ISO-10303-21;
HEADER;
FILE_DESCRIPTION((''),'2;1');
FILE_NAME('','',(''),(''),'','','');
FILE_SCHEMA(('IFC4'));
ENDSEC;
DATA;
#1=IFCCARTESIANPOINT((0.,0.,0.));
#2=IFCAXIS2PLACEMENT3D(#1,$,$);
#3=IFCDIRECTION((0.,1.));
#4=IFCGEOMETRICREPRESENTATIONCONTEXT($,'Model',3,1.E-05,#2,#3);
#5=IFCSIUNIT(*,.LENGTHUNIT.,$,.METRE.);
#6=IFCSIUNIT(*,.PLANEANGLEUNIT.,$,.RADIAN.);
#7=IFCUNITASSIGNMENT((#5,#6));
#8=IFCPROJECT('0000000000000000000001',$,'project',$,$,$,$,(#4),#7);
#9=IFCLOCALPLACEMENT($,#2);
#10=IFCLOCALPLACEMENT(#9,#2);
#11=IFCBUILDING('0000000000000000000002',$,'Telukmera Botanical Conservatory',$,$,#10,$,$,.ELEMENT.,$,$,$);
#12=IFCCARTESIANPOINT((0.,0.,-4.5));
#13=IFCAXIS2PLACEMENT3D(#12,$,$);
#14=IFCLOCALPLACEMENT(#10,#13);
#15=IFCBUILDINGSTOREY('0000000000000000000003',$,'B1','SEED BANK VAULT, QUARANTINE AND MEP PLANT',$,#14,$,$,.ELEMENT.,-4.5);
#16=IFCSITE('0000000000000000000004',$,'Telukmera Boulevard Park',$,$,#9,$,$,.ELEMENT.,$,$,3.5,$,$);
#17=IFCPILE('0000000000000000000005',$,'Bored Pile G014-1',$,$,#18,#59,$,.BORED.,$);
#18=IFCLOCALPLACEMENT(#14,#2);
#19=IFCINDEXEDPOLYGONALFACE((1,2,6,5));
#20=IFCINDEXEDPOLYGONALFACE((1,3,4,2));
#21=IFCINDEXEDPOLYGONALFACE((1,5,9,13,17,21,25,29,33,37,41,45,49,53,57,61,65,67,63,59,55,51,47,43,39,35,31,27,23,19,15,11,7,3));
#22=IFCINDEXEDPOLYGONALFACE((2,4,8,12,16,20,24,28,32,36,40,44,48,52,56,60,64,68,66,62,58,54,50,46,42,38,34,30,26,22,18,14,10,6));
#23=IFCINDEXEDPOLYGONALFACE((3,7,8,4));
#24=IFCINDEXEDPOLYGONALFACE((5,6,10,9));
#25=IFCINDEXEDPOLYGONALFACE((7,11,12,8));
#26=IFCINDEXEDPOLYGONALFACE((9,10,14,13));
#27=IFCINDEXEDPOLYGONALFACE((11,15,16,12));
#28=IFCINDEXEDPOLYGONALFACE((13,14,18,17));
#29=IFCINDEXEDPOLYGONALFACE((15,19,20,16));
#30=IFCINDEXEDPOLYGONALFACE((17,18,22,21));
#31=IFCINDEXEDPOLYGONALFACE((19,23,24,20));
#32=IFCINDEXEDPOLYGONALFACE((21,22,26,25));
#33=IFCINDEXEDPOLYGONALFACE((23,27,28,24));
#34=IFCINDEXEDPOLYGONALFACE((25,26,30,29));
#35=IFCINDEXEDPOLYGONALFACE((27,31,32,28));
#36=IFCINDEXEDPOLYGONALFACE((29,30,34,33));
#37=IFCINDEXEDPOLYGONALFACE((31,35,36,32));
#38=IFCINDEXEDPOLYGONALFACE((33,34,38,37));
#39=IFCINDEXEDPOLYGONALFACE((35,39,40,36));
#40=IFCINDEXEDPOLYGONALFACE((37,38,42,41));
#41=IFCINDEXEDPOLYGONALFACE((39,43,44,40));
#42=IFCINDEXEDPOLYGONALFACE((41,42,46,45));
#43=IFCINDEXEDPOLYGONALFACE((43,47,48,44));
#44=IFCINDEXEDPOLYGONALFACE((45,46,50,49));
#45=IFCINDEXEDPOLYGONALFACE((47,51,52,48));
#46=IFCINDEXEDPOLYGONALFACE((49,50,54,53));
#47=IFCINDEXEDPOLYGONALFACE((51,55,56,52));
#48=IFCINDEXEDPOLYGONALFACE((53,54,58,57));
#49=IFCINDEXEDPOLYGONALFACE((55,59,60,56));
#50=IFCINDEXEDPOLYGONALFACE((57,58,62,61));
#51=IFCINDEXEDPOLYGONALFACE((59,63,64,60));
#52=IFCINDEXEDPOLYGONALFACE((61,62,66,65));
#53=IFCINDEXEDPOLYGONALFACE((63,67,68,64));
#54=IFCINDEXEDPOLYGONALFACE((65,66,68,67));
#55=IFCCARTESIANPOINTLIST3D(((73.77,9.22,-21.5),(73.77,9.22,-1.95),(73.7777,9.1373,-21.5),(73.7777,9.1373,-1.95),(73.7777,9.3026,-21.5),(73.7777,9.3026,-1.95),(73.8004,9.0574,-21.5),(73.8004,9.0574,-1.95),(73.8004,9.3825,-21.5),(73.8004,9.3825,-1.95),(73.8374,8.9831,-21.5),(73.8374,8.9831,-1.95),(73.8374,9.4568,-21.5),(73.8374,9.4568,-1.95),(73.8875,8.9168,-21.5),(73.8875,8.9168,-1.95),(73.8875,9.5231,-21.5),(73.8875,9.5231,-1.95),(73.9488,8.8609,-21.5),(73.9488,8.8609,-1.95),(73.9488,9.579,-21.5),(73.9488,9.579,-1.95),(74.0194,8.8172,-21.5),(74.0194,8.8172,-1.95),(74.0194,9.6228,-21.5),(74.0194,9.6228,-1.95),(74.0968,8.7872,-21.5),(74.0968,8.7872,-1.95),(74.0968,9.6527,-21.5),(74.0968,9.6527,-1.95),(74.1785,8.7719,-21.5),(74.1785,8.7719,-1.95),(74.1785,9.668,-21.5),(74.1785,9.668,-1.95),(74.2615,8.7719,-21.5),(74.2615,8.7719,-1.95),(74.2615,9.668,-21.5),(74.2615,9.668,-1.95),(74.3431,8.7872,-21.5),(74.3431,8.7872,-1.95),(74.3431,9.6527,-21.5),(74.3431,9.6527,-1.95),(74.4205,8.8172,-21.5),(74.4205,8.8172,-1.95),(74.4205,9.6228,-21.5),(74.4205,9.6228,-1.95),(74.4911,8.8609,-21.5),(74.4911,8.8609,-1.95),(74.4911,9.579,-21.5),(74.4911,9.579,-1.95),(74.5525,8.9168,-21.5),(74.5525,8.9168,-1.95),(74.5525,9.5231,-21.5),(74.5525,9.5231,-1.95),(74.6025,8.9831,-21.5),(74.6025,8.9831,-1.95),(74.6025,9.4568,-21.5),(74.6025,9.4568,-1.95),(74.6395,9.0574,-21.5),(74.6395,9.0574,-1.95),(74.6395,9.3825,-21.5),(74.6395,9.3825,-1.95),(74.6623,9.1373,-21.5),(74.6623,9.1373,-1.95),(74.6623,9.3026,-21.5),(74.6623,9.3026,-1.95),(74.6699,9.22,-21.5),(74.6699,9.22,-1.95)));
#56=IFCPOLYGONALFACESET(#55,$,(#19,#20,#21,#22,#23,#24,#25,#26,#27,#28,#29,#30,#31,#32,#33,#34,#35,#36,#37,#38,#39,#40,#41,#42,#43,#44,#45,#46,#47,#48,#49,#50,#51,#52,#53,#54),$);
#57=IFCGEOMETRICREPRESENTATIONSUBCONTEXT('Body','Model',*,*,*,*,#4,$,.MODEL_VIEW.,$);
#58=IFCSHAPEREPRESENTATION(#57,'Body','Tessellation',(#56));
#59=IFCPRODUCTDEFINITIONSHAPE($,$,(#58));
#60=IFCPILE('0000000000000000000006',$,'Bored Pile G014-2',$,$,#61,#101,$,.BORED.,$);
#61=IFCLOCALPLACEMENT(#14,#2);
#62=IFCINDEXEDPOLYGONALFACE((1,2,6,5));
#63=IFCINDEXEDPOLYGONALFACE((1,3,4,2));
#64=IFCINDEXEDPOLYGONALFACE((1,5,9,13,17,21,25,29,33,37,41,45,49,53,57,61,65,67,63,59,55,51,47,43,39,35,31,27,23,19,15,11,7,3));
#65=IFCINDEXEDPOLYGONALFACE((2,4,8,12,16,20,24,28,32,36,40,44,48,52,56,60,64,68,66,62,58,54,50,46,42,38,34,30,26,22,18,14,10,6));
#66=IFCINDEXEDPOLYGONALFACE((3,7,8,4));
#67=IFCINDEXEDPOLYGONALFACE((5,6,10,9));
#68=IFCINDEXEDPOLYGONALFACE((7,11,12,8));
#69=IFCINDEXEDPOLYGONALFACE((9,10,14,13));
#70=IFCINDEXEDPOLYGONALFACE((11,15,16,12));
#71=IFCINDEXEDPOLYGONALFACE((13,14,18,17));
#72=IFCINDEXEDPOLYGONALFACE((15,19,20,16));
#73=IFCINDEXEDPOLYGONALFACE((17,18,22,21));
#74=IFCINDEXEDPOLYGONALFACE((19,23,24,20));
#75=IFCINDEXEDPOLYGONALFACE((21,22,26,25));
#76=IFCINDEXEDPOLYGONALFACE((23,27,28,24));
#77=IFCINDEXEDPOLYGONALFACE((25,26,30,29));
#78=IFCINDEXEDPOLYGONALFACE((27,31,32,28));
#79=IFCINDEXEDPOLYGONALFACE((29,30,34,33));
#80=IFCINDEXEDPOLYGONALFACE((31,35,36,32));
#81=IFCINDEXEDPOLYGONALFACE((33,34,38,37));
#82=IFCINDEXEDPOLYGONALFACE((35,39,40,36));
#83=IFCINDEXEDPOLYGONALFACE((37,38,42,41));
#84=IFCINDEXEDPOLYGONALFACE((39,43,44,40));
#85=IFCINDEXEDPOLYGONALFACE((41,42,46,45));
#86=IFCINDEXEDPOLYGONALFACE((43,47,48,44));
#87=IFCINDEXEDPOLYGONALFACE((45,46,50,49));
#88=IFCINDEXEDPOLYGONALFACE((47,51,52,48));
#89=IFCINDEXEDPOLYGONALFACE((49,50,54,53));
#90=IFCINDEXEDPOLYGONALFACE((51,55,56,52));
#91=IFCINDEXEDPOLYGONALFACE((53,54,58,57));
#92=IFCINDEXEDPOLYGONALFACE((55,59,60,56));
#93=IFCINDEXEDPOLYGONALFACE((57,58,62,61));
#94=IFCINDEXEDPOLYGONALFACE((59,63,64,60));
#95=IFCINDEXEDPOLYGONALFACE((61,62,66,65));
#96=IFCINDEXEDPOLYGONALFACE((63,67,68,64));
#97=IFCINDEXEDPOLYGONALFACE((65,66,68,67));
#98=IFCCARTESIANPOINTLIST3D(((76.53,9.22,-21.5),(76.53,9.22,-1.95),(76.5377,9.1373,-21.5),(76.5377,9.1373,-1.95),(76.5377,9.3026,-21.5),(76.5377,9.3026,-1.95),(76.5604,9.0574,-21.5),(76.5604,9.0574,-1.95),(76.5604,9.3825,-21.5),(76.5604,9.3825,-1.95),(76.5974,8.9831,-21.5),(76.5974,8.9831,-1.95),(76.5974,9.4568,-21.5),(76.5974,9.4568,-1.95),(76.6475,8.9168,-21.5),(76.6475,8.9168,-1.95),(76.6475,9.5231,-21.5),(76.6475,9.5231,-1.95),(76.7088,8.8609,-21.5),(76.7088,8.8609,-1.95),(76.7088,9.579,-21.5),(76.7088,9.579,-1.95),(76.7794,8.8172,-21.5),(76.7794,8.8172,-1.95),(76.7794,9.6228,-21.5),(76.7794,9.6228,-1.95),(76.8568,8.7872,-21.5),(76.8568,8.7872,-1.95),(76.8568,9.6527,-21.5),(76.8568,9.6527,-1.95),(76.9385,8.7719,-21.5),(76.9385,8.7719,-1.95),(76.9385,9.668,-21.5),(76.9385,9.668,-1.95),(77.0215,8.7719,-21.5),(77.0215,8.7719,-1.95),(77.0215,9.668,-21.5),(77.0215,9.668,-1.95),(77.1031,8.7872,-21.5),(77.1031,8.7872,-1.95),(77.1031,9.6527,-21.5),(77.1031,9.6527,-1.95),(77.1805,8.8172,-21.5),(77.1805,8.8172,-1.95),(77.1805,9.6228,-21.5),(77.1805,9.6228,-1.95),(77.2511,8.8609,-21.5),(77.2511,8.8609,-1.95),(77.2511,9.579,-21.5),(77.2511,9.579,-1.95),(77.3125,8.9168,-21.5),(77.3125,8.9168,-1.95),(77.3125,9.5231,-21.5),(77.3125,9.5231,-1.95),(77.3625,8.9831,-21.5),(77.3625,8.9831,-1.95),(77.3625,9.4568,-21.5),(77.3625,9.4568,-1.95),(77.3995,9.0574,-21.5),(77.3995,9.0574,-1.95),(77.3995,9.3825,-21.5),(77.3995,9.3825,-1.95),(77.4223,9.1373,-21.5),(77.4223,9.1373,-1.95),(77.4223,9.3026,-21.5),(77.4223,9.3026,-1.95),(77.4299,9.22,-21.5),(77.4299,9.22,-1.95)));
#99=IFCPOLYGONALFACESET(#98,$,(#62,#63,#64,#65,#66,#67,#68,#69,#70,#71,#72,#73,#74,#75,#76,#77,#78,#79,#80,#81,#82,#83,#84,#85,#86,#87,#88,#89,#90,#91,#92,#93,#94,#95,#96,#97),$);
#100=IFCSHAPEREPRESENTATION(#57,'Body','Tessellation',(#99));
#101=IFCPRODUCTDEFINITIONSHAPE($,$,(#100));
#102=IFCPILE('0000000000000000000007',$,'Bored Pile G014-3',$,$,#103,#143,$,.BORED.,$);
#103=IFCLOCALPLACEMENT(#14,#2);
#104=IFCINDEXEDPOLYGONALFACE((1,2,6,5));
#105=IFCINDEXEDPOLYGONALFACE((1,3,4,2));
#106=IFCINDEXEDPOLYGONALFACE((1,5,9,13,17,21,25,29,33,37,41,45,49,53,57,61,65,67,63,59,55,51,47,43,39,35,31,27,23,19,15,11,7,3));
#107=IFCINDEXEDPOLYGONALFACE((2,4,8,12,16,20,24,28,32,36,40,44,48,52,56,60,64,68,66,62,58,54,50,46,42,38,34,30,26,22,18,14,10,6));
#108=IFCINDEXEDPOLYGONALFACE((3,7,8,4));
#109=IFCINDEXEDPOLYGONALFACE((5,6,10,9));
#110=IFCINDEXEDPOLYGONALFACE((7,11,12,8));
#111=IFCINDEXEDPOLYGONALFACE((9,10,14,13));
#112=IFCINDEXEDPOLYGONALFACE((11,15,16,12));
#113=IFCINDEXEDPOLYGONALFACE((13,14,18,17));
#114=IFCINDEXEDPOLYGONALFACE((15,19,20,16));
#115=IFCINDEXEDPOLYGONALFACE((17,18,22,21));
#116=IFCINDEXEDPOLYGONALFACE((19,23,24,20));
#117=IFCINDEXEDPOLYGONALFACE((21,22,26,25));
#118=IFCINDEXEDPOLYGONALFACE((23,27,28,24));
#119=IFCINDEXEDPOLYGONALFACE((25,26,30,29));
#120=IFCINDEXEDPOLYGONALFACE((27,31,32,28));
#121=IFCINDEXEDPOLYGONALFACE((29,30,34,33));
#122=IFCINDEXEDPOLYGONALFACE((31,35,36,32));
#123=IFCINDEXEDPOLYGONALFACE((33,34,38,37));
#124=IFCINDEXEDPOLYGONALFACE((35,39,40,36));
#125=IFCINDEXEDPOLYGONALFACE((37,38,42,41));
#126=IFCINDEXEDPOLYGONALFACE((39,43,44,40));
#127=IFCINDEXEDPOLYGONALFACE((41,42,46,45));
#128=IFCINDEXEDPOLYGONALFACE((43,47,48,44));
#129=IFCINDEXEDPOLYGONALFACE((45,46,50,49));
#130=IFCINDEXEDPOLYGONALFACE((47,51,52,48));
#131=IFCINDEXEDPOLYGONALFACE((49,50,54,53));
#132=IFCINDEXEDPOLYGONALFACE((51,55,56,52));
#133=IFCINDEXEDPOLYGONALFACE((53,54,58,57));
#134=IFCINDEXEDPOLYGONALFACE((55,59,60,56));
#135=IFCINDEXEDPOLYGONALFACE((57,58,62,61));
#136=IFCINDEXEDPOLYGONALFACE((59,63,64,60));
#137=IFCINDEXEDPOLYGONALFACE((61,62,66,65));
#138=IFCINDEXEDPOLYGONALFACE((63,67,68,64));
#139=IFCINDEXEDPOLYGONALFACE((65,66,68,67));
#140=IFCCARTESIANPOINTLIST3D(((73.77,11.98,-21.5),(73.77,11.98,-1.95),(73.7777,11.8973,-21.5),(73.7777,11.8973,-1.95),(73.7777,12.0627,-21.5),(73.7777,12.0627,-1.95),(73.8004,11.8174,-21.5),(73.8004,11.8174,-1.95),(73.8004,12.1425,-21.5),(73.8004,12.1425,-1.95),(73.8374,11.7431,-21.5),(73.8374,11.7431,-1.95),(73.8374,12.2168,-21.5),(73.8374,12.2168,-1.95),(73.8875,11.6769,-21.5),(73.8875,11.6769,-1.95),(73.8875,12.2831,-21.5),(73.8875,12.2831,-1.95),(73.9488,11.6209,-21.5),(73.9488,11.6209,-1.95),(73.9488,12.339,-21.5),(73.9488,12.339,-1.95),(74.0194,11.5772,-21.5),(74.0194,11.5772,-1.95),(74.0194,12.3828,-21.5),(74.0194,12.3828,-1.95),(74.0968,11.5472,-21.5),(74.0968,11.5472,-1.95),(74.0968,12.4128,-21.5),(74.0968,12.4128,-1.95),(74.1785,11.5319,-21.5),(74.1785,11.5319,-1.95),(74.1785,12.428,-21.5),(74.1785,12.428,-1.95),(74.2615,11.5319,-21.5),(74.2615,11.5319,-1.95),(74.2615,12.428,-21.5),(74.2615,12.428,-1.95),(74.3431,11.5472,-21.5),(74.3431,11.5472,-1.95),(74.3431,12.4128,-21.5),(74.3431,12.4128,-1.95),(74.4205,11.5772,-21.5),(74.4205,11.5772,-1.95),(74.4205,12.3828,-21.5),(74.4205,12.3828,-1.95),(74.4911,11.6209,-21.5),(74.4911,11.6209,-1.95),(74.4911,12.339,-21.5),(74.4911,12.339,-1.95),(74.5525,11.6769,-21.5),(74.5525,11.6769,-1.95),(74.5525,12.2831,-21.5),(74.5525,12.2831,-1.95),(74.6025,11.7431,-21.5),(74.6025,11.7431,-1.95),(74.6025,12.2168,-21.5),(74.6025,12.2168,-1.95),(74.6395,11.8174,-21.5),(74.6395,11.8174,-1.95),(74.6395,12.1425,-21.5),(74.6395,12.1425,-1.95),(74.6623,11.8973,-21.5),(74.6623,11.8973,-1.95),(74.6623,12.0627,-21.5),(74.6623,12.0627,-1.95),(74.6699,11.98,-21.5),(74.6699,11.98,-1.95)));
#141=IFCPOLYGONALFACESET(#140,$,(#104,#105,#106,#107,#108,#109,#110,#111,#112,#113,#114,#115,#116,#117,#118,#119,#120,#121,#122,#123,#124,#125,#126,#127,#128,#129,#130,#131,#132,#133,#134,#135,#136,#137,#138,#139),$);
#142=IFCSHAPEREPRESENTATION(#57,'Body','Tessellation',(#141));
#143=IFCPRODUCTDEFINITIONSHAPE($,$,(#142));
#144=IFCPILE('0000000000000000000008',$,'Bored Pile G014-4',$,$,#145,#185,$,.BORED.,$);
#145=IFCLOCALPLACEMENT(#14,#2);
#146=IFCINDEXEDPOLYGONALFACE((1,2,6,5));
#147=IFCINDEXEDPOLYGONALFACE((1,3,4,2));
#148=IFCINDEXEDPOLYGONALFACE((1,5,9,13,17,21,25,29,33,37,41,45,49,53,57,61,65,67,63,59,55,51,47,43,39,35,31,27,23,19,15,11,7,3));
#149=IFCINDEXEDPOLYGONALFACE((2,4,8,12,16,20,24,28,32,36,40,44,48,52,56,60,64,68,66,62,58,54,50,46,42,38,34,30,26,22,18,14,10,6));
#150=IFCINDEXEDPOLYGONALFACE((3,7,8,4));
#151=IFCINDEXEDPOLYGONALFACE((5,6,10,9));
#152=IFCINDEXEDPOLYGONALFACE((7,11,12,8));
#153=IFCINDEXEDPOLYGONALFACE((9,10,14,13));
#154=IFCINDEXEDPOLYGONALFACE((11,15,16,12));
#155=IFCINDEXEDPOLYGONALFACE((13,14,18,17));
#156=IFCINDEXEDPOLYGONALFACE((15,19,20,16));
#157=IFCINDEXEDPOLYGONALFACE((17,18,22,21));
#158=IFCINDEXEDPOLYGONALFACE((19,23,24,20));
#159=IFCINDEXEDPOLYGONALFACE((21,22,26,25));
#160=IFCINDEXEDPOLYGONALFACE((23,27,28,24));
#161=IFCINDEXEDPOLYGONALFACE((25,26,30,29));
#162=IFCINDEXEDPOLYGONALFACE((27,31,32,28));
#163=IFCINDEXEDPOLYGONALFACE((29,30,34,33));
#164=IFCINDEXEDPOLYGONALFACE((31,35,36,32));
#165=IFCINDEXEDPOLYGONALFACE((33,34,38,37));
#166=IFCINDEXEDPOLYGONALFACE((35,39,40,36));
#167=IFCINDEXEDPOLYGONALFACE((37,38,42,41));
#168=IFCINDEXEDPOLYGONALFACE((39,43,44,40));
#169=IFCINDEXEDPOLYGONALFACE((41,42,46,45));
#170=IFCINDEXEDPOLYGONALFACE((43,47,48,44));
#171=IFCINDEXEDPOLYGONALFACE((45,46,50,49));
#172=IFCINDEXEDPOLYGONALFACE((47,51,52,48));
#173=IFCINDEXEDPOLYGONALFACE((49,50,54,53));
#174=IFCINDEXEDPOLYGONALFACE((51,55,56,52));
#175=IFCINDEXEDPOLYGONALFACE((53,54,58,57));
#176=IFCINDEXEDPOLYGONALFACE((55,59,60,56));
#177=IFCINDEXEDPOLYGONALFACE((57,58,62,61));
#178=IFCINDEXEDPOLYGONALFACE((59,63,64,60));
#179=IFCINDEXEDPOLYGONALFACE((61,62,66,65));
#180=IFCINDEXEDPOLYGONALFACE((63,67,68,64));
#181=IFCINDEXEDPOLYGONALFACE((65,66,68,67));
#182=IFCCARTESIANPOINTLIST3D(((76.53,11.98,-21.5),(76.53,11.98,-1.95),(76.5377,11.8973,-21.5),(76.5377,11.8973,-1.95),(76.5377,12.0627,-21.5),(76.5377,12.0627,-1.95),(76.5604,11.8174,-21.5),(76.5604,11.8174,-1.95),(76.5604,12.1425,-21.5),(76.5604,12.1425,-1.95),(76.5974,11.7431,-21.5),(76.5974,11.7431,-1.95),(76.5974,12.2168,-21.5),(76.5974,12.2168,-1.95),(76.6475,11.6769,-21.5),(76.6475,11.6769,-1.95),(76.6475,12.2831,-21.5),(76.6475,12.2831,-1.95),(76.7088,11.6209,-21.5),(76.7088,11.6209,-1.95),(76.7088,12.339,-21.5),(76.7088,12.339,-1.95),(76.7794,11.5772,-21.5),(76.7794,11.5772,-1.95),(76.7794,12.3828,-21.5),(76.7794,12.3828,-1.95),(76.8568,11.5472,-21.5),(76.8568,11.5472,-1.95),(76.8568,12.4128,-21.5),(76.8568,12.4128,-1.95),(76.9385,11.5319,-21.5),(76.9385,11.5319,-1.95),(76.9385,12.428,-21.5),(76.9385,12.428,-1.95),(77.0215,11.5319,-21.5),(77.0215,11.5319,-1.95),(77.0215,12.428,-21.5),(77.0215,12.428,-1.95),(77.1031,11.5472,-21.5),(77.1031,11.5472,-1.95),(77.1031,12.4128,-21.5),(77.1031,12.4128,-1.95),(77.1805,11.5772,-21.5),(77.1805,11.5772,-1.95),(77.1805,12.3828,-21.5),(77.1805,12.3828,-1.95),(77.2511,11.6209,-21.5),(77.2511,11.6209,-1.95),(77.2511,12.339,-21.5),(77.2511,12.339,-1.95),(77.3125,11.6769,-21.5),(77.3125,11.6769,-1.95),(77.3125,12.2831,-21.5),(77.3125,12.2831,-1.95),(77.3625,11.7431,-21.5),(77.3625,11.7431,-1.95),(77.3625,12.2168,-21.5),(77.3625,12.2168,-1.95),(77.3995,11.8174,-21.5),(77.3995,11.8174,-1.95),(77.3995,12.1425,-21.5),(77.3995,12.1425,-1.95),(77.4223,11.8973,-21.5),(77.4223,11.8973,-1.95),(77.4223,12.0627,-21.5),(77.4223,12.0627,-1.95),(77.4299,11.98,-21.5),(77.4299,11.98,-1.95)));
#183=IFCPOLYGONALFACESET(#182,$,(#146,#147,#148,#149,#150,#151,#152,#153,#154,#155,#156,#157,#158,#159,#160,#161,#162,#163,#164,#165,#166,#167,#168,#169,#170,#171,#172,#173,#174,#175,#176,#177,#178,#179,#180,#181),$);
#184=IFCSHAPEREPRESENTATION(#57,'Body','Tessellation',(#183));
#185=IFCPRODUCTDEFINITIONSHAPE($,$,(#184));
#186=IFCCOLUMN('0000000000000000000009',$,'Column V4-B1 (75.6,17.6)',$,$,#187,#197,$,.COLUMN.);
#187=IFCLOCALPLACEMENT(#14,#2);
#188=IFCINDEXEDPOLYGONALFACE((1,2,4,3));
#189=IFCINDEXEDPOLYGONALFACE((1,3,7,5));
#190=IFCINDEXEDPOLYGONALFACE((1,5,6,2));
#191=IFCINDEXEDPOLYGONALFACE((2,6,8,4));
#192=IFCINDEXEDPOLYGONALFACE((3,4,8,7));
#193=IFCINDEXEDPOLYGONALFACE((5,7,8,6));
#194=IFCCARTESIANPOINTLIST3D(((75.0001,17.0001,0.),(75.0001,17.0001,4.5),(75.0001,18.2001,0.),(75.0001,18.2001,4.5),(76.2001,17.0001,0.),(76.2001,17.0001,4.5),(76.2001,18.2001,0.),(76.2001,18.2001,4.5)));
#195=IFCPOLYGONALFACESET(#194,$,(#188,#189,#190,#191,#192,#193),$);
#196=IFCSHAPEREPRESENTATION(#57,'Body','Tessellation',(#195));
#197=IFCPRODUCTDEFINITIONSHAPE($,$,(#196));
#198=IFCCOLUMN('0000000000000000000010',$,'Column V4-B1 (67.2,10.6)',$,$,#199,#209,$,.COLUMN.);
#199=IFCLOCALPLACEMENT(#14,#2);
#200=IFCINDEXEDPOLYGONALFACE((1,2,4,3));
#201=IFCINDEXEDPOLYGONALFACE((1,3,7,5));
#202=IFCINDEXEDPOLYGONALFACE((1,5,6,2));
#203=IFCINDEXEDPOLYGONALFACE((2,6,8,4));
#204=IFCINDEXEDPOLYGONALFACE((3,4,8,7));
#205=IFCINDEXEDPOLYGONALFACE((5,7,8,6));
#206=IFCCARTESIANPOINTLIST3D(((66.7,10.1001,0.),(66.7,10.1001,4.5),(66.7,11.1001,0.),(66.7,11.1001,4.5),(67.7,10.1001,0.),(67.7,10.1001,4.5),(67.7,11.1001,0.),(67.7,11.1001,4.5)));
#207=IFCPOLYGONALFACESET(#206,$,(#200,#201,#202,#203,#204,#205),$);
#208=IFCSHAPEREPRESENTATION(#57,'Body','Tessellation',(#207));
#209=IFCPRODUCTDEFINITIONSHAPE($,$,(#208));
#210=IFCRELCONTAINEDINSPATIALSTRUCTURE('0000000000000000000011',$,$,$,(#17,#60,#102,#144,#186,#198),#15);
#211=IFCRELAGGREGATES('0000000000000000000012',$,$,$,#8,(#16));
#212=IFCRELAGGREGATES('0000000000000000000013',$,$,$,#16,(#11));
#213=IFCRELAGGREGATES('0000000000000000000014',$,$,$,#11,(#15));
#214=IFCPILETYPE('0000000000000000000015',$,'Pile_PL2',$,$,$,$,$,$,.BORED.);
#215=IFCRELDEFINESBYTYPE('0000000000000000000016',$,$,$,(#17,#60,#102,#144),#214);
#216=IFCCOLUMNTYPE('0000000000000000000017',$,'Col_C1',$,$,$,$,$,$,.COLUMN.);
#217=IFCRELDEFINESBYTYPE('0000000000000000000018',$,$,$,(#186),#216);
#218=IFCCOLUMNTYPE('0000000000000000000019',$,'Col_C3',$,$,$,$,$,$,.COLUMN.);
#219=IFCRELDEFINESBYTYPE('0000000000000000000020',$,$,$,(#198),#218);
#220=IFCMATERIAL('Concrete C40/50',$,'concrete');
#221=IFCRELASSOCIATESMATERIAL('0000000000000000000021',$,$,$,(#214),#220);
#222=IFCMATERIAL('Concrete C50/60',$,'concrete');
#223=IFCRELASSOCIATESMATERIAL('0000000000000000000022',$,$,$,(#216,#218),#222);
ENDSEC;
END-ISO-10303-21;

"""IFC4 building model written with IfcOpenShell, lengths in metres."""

from ifc_helpers import new_model, si_unit, direction, frame, origin, origin_2d, place, context, subcontext, project, spatial, rectangle, circle, extrude, material, material_profile, profile_set, type_object, element, save


model = new_model("IFC4")

# Units and contexts
model_context = context("Model", 3, precision=1e-05, world=origin(), true_north=direction((0.0, 1.0)))
body_context = subcontext(model_context, "Body", "Model", "MODEL_VIEW")
ifc_project = project(units=[si_unit("LENGTHUNIT", "METRE"), si_unit("PLANEANGLEUNIT", "RADIAN")], contexts=[model_context])

# Site, building, storey
site_placement = place(None, origin())
site = spatial("IfcSite", under=ifc_project, at=site_placement, Name="Telukmera Boulevard Park", CompositionType="ELEMENT", RefElevation=3.5)
building_placement = place(site_placement, origin())
building = spatial("IfcBuilding", under=site, at=building_placement, Name="Telukmera Botanical Conservatory", CompositionType="ELEMENT")
storey_placement = place(building_placement, frame((0.0, 0.0, -4.5)))
storey = spatial("IfcBuildingStorey", under=building, at=storey_placement, Name="B1", Description="SEED BANK VAULT, QUARANTINE AND MEP PLANT", CompositionType="ELEMENT", Elevation=-4.5)

# Shared definitions
ifc_material_1 = material(Name="Concrete C50/60", Category="concrete")
ifc_material_2 = material(Name="Concrete C40/50", Category="concrete")

# Piles
ifc_material_profile_1 = material_profile(ifc_material_2, circle(Radius=0.45, at=origin_2d()), Name="PILE D900")
ifc_profile_set_1 = profile_set([ifc_material_profile_1], Name="Concrete C40/50")
pile_type_1 = type_object("IfcPileType", Name="Pile_PL2", PredefinedType="BORED", material=ifc_profile_set_1)
for number, where, z_axis, x_axis, name in (
    (1, (74.22, 9.22, -1.95), (0.0, 0.0, -1.0), (1.0, 0.0, 0.0), "Bored Pile G014-1"),
    (2, (76.98, 9.22, -1.95), (0.0, 0.0, -1.0), (1.0, 0.0, 0.0), "Bored Pile G014-2"),
    (3, (74.22, 11.98, -1.95), (0.0, 0.0, -1.0), (1.0, 0.0, 0.0), "Bored Pile G014-3"),
    (4, (76.98, 11.98, -1.95), (0.0, 0.0, -1.0), (1.0, 0.0, 0.0), "Bored Pile G014-4"),
):
    element("IfcPile", number, at=place(storey_placement, frame(where, z_axis=z_axis, x_axis=x_axis)), inside=storey, type_object=pile_type_1, Name=name, PredefinedType="BORED", context=body_context, shape_type="SweptSolid", body=[
        extrude(circle(Radius=0.45, at=origin_2d()), origin(), (0.0, 0.0, 1.0), 19.55),
    ])

# Columns
ifc_material_profile_2 = material_profile(ifc_material_1, rectangle(XDim=1.2, YDim=1.2, at=origin_2d()), Name="RC 1200x1200")
ifc_profile_set_2 = profile_set([ifc_material_profile_2], Name="Concrete C50/60")
column_type_1 = type_object("IfcColumnType", Name="Col_C1", PredefinedType="COLUMN", material=ifc_profile_set_2)
column_placement = place(storey_placement, frame((75.6001, 17.6001, 0.0), z_axis=(0.0, 0.0, 1.0), x_axis=(1.0, 0.0, 0.0)))
element("IfcColumn", 5, at=column_placement, inside=storey, type_object=column_type_1, Name="Column V4-B1 (75.6,17.6)", PredefinedType="COLUMN", context=body_context, shape_type="SweptSolid", body=[
    extrude(rectangle(XDim=1.2, YDim=1.2, at=origin_2d()), origin(), (0.0, 0.0, 1.0), 4.5),
])
ifc_material_profile_3 = material_profile(ifc_material_1, rectangle(XDim=1.0, YDim=1.0, at=origin_2d()), Name="RC 1000x1000")
ifc_profile_set_3 = profile_set([ifc_material_profile_3], Name="Concrete C50/60")
column_type_2 = type_object("IfcColumnType", Name="Col_C3", PredefinedType="COLUMN", material=ifc_profile_set_3)
for number, where, z_axis, x_axis, name in (
    (6, (67.2, 10.6001, 0.0), (0.0, 0.0, 1.0), (1.0, 0.0, 0.0), "Column V4-B1 (67.2,10.6)"),
):
    element("IfcColumn", number, at=place(storey_placement, frame(where, z_axis=z_axis, x_axis=x_axis)), inside=storey, type_object=column_type_2, Name=name, PredefinedType="COLUMN", context=body_context, shape_type="SweptSolid", body=[
        extrude(rectangle(XDim=1.0, YDim=1.0, at=origin_2d()), origin(), (0.0, 0.0, 1.0), 4.5),
    ])

save(model, "model.ifc")
